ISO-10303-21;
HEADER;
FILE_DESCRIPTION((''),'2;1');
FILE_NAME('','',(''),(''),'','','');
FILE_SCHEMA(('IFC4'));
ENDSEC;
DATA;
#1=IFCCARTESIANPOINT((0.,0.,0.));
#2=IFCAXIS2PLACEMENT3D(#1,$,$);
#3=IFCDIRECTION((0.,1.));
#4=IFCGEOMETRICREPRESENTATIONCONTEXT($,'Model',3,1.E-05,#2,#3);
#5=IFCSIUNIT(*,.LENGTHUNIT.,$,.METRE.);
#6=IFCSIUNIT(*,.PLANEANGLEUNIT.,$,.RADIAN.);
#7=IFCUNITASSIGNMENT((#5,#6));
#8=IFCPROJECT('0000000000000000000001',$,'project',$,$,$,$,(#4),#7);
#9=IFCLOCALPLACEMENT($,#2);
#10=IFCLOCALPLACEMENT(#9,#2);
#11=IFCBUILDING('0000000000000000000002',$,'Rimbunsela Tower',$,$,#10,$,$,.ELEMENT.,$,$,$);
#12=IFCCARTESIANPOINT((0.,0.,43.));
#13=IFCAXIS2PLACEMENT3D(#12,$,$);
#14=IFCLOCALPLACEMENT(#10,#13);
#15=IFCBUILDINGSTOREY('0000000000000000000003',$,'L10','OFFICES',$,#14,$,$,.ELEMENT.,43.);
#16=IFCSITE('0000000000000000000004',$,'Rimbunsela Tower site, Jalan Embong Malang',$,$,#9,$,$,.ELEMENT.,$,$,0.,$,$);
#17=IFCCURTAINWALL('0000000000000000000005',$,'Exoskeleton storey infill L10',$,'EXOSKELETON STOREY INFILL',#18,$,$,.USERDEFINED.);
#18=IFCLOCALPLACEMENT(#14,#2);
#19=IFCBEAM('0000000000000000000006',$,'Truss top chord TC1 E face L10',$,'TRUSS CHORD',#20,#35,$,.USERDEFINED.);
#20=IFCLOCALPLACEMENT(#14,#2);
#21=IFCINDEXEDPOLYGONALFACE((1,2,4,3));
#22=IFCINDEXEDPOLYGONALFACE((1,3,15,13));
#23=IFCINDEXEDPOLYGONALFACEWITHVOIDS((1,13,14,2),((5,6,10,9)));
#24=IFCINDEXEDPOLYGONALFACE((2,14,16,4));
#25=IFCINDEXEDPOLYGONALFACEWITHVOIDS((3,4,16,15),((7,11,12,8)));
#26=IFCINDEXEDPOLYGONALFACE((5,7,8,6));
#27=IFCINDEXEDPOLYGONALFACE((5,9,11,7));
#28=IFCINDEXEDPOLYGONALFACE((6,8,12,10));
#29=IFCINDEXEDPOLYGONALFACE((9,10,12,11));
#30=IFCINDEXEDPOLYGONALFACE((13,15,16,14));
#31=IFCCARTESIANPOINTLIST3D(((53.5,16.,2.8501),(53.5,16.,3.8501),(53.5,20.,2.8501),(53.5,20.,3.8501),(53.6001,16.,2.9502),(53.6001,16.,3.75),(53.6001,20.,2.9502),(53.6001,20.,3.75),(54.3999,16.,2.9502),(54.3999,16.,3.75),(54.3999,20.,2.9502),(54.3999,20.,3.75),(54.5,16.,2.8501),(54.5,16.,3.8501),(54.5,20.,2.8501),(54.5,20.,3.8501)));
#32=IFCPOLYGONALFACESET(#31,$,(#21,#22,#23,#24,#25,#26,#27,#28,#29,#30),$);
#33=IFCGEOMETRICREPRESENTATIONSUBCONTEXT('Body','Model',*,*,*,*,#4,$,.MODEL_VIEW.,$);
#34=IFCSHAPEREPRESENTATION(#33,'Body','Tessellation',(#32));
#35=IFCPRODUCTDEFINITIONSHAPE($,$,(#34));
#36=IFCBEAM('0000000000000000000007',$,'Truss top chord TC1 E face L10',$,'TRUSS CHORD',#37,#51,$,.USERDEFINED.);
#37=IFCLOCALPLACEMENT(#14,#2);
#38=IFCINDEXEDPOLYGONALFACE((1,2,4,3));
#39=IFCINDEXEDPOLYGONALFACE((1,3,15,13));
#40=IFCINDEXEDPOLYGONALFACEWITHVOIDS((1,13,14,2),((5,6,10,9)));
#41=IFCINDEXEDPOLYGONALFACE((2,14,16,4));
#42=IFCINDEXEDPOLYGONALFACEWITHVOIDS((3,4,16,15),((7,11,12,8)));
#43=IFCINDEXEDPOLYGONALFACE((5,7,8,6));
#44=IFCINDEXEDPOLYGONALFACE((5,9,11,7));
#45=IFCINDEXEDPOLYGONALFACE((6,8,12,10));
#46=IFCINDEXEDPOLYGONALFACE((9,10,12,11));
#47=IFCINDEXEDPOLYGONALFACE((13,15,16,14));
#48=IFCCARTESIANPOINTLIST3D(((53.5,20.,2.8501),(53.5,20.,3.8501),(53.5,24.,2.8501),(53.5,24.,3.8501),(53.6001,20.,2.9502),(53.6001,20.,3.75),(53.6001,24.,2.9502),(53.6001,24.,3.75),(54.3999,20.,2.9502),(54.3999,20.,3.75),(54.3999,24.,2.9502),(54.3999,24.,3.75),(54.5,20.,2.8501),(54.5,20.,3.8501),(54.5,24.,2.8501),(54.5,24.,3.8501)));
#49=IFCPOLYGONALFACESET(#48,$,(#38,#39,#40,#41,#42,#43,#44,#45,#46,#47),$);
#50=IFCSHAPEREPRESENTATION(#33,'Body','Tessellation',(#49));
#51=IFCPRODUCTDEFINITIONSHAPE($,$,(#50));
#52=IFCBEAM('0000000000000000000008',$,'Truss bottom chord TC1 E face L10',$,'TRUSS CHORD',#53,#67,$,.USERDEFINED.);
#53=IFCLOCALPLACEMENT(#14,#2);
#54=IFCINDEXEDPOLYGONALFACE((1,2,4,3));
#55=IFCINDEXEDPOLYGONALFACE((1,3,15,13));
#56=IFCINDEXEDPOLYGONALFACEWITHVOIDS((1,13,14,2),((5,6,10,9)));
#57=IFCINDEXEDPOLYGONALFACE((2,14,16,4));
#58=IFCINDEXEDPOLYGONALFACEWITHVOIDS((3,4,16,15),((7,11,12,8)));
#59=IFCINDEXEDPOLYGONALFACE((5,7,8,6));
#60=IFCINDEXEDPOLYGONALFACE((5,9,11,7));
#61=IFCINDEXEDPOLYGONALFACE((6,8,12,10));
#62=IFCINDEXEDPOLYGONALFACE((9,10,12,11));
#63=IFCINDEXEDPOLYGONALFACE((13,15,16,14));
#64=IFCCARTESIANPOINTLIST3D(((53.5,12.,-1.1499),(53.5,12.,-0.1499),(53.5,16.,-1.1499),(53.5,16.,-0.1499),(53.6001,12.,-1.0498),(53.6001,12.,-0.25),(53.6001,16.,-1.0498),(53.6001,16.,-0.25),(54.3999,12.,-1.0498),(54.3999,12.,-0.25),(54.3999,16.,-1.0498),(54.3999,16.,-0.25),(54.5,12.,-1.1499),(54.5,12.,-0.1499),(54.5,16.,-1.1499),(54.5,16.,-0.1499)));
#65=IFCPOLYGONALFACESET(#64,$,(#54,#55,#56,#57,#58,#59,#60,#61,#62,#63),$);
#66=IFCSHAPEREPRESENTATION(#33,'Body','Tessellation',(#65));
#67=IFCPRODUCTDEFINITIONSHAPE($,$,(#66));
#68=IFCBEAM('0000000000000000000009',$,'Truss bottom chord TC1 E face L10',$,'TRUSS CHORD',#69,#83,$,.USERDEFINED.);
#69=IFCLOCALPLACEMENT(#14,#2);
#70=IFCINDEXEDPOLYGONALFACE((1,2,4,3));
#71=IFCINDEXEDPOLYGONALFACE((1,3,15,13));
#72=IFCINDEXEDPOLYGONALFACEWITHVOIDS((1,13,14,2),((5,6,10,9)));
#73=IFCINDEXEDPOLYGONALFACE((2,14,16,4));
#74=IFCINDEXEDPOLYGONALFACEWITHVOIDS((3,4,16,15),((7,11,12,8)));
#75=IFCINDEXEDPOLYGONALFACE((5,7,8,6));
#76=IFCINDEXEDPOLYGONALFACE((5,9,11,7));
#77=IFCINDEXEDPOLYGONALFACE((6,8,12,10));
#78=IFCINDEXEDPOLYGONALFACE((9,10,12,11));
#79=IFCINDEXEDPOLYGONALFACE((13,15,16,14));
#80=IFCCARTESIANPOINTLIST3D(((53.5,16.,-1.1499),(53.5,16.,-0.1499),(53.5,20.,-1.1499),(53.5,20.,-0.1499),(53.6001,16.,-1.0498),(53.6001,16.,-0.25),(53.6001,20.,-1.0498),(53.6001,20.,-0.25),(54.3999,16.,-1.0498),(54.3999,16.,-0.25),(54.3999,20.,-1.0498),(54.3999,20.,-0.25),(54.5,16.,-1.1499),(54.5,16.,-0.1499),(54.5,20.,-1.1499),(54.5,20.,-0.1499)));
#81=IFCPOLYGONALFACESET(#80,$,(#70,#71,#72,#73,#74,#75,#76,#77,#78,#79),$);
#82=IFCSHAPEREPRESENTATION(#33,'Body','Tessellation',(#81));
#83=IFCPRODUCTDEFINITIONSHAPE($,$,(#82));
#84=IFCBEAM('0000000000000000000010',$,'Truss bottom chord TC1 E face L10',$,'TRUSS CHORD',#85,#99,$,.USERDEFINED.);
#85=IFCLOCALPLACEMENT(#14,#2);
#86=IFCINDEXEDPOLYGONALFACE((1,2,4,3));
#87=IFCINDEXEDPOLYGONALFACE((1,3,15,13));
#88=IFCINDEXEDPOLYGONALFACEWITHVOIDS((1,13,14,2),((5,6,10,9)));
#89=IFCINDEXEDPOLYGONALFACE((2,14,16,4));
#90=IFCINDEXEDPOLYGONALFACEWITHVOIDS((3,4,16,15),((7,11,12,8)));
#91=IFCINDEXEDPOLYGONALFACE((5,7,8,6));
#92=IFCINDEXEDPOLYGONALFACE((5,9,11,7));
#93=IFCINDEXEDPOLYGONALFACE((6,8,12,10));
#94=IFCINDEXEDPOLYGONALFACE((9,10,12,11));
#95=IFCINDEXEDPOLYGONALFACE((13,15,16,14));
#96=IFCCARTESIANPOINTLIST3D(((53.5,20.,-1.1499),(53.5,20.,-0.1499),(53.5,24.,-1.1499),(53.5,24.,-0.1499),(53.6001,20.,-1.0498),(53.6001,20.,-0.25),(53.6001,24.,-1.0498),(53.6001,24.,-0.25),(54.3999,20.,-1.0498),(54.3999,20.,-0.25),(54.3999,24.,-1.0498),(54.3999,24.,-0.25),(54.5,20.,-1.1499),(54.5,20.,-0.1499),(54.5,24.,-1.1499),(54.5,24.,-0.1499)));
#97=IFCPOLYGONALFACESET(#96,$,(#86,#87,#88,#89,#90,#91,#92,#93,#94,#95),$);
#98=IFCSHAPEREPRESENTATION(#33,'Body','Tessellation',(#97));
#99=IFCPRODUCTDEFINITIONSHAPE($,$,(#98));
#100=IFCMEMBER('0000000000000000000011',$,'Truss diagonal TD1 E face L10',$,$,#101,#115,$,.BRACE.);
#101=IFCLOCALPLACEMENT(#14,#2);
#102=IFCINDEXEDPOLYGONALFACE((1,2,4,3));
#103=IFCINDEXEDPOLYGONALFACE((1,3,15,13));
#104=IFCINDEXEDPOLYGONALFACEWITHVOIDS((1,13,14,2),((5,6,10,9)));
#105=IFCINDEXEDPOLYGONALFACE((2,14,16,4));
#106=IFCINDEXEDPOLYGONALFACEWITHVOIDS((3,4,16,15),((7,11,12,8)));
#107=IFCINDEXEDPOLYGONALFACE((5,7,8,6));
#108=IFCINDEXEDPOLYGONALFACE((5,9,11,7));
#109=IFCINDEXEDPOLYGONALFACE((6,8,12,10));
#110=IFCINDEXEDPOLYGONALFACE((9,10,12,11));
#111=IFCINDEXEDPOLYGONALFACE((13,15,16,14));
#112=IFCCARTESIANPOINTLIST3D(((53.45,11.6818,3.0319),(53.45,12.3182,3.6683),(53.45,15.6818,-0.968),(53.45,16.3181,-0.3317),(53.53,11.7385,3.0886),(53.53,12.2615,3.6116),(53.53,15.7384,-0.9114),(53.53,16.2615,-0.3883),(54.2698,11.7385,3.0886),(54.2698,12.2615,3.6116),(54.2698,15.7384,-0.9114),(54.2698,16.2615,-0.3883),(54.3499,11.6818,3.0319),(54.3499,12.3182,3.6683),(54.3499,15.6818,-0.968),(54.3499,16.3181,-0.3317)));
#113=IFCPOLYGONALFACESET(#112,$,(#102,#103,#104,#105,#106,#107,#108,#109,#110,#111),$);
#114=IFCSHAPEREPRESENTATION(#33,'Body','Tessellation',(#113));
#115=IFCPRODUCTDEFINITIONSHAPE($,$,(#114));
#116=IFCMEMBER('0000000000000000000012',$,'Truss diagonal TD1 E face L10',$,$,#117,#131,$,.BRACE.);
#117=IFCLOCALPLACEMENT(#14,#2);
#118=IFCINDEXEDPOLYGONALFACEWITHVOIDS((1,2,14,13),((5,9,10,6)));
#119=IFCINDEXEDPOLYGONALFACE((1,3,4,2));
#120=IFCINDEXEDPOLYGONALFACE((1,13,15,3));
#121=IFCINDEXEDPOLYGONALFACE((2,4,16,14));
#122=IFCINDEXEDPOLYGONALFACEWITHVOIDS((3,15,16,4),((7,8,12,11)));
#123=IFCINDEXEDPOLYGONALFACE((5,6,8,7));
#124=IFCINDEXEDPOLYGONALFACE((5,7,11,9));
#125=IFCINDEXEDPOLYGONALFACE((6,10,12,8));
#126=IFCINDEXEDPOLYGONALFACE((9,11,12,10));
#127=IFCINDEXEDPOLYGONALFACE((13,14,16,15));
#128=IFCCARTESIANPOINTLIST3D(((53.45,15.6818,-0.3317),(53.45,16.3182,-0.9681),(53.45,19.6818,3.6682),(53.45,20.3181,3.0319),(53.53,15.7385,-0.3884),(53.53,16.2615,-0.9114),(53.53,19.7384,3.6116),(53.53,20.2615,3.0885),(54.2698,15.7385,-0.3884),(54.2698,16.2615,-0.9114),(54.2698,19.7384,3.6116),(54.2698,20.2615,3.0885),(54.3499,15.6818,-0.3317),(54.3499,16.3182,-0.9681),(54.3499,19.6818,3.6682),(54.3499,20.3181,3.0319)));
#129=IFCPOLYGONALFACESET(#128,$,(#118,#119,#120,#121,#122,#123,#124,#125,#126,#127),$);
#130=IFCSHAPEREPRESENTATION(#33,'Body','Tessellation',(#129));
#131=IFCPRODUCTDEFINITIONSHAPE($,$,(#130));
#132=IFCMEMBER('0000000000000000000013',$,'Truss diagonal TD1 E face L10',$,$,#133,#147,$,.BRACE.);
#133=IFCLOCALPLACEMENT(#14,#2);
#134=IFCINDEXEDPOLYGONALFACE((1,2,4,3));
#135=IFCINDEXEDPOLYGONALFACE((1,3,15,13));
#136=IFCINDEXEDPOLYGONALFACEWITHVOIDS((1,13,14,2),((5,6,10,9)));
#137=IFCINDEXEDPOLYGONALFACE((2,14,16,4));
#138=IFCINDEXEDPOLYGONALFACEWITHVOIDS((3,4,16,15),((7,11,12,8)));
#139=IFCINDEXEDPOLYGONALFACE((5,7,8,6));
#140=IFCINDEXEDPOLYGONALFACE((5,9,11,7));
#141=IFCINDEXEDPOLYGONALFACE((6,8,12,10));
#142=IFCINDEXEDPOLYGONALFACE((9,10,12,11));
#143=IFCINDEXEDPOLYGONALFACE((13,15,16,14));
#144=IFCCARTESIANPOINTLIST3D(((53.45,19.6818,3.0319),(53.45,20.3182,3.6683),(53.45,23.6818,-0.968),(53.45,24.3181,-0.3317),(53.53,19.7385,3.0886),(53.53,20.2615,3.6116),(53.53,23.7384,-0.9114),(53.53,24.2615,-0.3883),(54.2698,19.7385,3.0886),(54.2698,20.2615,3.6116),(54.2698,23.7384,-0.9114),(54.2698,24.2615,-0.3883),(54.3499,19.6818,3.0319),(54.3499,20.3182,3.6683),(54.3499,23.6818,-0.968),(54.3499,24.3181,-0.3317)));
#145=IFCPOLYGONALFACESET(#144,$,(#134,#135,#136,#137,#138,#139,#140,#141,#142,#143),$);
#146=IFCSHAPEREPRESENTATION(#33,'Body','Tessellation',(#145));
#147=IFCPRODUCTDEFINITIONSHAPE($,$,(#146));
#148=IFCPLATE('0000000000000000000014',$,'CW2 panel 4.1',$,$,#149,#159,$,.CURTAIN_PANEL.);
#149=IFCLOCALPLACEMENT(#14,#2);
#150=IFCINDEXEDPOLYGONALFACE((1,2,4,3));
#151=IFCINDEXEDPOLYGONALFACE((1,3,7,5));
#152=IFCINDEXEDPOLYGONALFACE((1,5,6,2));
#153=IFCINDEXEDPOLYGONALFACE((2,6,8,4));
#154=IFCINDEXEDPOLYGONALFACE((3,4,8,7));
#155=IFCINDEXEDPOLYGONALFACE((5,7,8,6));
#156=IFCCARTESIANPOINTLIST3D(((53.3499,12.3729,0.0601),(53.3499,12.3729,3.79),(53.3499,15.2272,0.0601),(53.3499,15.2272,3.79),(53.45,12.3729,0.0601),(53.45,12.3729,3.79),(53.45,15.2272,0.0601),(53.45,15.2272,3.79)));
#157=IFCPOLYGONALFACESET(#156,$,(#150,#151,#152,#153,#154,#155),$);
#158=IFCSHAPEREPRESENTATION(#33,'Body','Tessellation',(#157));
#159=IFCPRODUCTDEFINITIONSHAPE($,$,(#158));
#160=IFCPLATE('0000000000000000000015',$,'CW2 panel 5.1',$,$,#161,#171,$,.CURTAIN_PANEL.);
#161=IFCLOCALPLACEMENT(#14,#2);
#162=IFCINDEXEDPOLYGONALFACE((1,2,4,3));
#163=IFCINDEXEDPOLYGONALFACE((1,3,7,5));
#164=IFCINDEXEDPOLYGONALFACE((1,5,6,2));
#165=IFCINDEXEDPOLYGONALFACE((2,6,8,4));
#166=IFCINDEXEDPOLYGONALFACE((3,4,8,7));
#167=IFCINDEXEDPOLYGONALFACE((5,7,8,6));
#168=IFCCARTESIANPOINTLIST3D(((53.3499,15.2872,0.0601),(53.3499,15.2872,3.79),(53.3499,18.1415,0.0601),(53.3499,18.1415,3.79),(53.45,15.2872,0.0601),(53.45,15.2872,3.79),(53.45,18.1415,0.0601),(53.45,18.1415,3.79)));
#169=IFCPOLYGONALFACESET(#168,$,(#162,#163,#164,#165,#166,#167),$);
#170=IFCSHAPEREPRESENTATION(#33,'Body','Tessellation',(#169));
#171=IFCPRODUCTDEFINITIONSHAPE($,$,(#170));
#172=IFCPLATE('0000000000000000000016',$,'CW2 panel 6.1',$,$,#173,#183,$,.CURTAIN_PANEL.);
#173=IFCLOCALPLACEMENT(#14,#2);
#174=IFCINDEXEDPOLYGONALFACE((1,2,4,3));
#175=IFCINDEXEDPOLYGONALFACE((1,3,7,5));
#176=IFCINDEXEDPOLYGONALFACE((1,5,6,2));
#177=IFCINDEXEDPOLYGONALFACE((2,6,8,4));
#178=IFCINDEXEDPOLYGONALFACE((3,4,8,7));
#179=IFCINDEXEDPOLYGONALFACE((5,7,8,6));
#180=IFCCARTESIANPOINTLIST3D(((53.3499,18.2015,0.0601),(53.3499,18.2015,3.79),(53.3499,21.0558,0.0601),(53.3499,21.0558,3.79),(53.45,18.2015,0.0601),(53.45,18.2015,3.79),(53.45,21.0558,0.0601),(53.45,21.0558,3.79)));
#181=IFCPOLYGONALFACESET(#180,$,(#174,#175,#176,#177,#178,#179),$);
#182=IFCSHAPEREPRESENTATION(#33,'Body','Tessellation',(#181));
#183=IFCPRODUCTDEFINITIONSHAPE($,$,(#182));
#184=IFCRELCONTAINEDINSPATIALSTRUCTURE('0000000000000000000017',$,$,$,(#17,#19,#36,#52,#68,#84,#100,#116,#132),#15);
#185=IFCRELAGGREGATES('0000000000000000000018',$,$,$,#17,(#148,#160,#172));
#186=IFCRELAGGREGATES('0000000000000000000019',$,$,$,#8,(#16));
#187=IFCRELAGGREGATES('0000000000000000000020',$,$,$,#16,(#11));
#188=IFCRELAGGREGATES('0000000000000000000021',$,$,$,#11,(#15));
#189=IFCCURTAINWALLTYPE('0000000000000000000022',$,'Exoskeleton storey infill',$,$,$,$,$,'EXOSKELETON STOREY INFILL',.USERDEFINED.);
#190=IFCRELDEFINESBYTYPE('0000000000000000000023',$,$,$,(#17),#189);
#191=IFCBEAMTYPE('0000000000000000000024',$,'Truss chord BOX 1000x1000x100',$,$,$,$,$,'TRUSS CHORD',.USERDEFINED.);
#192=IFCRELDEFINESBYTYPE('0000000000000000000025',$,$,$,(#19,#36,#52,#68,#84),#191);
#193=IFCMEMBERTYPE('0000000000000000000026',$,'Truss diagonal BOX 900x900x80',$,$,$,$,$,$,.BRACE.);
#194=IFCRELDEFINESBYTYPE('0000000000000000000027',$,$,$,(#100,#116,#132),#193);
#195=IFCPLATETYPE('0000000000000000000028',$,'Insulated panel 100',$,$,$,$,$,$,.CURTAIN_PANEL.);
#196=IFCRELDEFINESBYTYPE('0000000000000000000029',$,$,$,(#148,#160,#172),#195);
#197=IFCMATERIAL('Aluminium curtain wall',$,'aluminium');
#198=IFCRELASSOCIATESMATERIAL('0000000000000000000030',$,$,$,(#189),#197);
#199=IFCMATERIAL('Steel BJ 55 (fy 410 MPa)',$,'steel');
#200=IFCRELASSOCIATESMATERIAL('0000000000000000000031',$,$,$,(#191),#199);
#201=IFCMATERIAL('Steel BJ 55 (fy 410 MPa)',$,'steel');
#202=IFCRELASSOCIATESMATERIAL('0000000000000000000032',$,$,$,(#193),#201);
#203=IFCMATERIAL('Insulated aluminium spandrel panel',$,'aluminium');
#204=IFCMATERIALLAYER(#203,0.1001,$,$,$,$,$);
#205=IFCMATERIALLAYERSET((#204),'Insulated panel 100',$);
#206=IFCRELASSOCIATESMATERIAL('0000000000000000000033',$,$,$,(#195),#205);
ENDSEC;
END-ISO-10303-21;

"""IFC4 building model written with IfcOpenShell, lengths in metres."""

from ifc_helpers import new_model, si_unit, direction, frame, origin, origin_2d, place, context, subcontext, project, spatial, rectangle, hollow_rectangle, extrude, material, layer, layer_set, material_profile, profile_set, type_object, element, aggregate, save


model = new_model("IFC4")

# Units and contexts
model_context = context("Model", 3, precision=1e-05, world=origin(), true_north=direction((0.0, 1.0)))
body_context = subcontext(model_context, "Body", "Model", "MODEL_VIEW")
ifc_project = project(units=[si_unit("LENGTHUNIT", "METRE"), si_unit("PLANEANGLEUNIT", "RADIAN")], contexts=[model_context])

# Site, building, storey
site_placement = place(None, origin())
site = spatial("IfcSite", under=ifc_project, at=site_placement, Name="Rimbunsela Tower site, Jalan Embong Malang", CompositionType="ELEMENT", RefElevation=0.0)
building_placement = place(site_placement, origin())
building = spatial("IfcBuilding", under=site, at=building_placement, Name="Rimbunsela Tower", CompositionType="ELEMENT")
storey_placement = place(building_placement, frame((0.0, 0.0, 43.0)))
storey = spatial("IfcBuildingStorey", under=building, at=storey_placement, Name="L10", Description="OFFICES", CompositionType="ELEMENT", Elevation=43.0)

# Curtain wall
ifc_material_1 = material(Name="Aluminium curtain wall", Category="aluminium")
curtain_wall_type = type_object("IfcCurtainWallType", Name="Exoskeleton storey infill", ElementType="EXOSKELETON STOREY INFILL", PredefinedType="USERDEFINED", material=ifc_material_1)
curtain_wall_placement = place(storey_placement, origin())
curtain_wall = element("IfcCurtainWall", 1, at=curtain_wall_placement, inside=storey, type_object=curtain_wall_type, Name="Exoskeleton storey infill L10", ObjectType="EXOSKELETON STOREY INFILL", PredefinedType="USERDEFINED")

# Beams
ifc_material_2 = material(Name="Steel BJ 55 (fy 410 MPa)", Category="steel")
ifc_material_profile_1 = material_profile(ifc_material_2, hollow_rectangle(XDim=1.0, YDim=1.0, WallThickness=0.1001, at=origin_2d()), Name="BOX 1000x1000x100")
ifc_profile_set_1 = profile_set([ifc_material_profile_1], Name="Steel BJ 55 (fy 410 MPa)")
beam_type = type_object("IfcBeamType", Name="Truss chord BOX 1000x1000x100", ElementType="TRUSS CHORD", PredefinedType="USERDEFINED", material=ifc_profile_set_1)
for number, where, z_axis, x_axis, name in (
    (2, (54.0, 16.0, 3.3501), (0.0, 1.0, 0.0), (-1.0, 0.0, 0.0), "Truss top chord TC1 E face L10"),
    (3, (54.0, 20.0, 3.3501), (0.0, 1.0, 0.0), (-1.0, 0.0, 0.0), "Truss top chord TC1 E face L10"),
    (4, (54.0, 12.0, -0.6499), (0.0, 1.0, 0.0), (-1.0, 0.0, 0.0), "Truss bottom chord TC1 E face L10"),
    (5, (54.0, 16.0, -0.6499), (0.0, 1.0, 0.0), (-1.0, 0.0, 0.0), "Truss bottom chord TC1 E face L10"),
    (6, (54.0, 20.0, -0.6499), (0.0, 1.0, 0.0), (-1.0, 0.0, 0.0), "Truss bottom chord TC1 E face L10"),
):
    element("IfcBeam", number, at=place(storey_placement, frame(where, z_axis=z_axis, x_axis=x_axis)), inside=storey, type_object=beam_type, Name=name, ObjectType="TRUSS CHORD", PredefinedType="USERDEFINED", context=body_context, shape_type="SweptSolid", body=[
        extrude(hollow_rectangle(XDim=1.0, YDim=1.0, WallThickness=0.1001, at=origin_2d()), origin(), (0.0, 0.0, 1.0), 4.0),
    ])

# Members
ifc_material_3 = material(Name="Steel BJ 55 (fy 410 MPa)", Category="steel")
ifc_material_profile_2 = material_profile(ifc_material_3, hollow_rectangle(XDim=0.8999, YDim=0.8999, WallThickness=0.0801, at=origin_2d()), Name="BOX 900x900x80")
ifc_profile_set_2 = profile_set([ifc_material_profile_2], Name="Steel BJ 55 (fy 410 MPa)")
member_type_1 = type_object("IfcMemberType", Name="Truss diagonal BOX 900x900x80", PredefinedType="BRACE", material=ifc_profile_set_2)
for number, where, z_axis, x_axis, name in (
    (7, (53.8999, 12.0, 3.3501), (0.0, 0.707107, -0.707107), (-1.0, 0.0, 0.0), "Truss diagonal TD1 E face L10"),
    (8, (53.8999, 16.0, -0.6499), (0.0, 0.707107, 0.707107), (-1.0, 0.0, 0.0), "Truss diagonal TD1 E face L10"),
    (9, (53.8999, 20.0, 3.3501), (0.0, 0.707107, -0.707107), (-1.0, 0.0, 0.0), "Truss diagonal TD1 E face L10"),
):
    element("IfcMember", number, at=place(storey_placement, frame(where, z_axis=z_axis, x_axis=x_axis)), inside=storey, type_object=member_type_1, Name=name, PredefinedType="BRACE", context=body_context, shape_type="SweptSolid", body=[
        extrude(hollow_rectangle(XDim=0.8999, YDim=0.8999, WallThickness=0.0801, at=origin_2d()), origin(), (0.0, 0.0, 1.0), 5.6567),
    ])

# Plates
ifc_material_4 = material(Name="Insulated aluminium spandrel panel", Category="aluminium")
ifc_layer = layer(ifc_material_4, 0.1001)
ifc_layer_set = layer_set([ifc_layer], Name="Insulated panel 100")
plate_type = type_object("IfcPlateType", Name="Insulated panel 100", PredefinedType="CURTAIN_PANEL", material=ifc_layer_set)
plate_1_placement = place(storey_placement, frame((53.3999, 13.8, 0.0601), z_axis=(0.0, 0.0, 1.0), x_axis=(0.0, 1.0, 0.0)))
plate_1 = element("IfcPlate", 10, at=plate_1_placement, type_object=plate_type, Name="CW2 panel 4.1", PredefinedType="CURTAIN_PANEL", context=body_context, shape_type="SweptSolid", body=[
    extrude(rectangle(XDim=2.8542, YDim=0.1001, at=origin_2d()), origin(), (0.0, 0.0, 1.0), 3.73),
])
plate_2_placement = place(storey_placement, frame((53.3999, 16.7144, 0.0601), z_axis=(0.0, 0.0, 1.0), x_axis=(0.0, 1.0, 0.0)))
plate_2 = element("IfcPlate", 11, at=plate_2_placement, type_object=plate_type, Name="CW2 panel 5.1", PredefinedType="CURTAIN_PANEL", context=body_context, shape_type="SweptSolid", body=[
    extrude(rectangle(XDim=2.8542, YDim=0.1001, at=origin_2d()), origin(), (0.0, 0.0, 1.0), 3.73),
])
plate_3_placement = place(storey_placement, frame((53.3999, 19.6287, 0.0601), z_axis=(0.0, 0.0, 1.0), x_axis=(0.0, 1.0, 0.0)))
plate_3 = element("IfcPlate", 12, at=plate_3_placement, type_object=plate_type, Name="CW2 panel 6.1", PredefinedType="CURTAIN_PANEL", context=body_context, shape_type="SweptSolid", body=[
    extrude(rectangle(XDim=2.8542, YDim=0.1001, at=origin_2d()), origin(), (0.0, 0.0, 1.0), 3.73),
])
aggregate(curtain_wall, [plate_1, plate_2, plate_3])

save(model, "model.ifc")
